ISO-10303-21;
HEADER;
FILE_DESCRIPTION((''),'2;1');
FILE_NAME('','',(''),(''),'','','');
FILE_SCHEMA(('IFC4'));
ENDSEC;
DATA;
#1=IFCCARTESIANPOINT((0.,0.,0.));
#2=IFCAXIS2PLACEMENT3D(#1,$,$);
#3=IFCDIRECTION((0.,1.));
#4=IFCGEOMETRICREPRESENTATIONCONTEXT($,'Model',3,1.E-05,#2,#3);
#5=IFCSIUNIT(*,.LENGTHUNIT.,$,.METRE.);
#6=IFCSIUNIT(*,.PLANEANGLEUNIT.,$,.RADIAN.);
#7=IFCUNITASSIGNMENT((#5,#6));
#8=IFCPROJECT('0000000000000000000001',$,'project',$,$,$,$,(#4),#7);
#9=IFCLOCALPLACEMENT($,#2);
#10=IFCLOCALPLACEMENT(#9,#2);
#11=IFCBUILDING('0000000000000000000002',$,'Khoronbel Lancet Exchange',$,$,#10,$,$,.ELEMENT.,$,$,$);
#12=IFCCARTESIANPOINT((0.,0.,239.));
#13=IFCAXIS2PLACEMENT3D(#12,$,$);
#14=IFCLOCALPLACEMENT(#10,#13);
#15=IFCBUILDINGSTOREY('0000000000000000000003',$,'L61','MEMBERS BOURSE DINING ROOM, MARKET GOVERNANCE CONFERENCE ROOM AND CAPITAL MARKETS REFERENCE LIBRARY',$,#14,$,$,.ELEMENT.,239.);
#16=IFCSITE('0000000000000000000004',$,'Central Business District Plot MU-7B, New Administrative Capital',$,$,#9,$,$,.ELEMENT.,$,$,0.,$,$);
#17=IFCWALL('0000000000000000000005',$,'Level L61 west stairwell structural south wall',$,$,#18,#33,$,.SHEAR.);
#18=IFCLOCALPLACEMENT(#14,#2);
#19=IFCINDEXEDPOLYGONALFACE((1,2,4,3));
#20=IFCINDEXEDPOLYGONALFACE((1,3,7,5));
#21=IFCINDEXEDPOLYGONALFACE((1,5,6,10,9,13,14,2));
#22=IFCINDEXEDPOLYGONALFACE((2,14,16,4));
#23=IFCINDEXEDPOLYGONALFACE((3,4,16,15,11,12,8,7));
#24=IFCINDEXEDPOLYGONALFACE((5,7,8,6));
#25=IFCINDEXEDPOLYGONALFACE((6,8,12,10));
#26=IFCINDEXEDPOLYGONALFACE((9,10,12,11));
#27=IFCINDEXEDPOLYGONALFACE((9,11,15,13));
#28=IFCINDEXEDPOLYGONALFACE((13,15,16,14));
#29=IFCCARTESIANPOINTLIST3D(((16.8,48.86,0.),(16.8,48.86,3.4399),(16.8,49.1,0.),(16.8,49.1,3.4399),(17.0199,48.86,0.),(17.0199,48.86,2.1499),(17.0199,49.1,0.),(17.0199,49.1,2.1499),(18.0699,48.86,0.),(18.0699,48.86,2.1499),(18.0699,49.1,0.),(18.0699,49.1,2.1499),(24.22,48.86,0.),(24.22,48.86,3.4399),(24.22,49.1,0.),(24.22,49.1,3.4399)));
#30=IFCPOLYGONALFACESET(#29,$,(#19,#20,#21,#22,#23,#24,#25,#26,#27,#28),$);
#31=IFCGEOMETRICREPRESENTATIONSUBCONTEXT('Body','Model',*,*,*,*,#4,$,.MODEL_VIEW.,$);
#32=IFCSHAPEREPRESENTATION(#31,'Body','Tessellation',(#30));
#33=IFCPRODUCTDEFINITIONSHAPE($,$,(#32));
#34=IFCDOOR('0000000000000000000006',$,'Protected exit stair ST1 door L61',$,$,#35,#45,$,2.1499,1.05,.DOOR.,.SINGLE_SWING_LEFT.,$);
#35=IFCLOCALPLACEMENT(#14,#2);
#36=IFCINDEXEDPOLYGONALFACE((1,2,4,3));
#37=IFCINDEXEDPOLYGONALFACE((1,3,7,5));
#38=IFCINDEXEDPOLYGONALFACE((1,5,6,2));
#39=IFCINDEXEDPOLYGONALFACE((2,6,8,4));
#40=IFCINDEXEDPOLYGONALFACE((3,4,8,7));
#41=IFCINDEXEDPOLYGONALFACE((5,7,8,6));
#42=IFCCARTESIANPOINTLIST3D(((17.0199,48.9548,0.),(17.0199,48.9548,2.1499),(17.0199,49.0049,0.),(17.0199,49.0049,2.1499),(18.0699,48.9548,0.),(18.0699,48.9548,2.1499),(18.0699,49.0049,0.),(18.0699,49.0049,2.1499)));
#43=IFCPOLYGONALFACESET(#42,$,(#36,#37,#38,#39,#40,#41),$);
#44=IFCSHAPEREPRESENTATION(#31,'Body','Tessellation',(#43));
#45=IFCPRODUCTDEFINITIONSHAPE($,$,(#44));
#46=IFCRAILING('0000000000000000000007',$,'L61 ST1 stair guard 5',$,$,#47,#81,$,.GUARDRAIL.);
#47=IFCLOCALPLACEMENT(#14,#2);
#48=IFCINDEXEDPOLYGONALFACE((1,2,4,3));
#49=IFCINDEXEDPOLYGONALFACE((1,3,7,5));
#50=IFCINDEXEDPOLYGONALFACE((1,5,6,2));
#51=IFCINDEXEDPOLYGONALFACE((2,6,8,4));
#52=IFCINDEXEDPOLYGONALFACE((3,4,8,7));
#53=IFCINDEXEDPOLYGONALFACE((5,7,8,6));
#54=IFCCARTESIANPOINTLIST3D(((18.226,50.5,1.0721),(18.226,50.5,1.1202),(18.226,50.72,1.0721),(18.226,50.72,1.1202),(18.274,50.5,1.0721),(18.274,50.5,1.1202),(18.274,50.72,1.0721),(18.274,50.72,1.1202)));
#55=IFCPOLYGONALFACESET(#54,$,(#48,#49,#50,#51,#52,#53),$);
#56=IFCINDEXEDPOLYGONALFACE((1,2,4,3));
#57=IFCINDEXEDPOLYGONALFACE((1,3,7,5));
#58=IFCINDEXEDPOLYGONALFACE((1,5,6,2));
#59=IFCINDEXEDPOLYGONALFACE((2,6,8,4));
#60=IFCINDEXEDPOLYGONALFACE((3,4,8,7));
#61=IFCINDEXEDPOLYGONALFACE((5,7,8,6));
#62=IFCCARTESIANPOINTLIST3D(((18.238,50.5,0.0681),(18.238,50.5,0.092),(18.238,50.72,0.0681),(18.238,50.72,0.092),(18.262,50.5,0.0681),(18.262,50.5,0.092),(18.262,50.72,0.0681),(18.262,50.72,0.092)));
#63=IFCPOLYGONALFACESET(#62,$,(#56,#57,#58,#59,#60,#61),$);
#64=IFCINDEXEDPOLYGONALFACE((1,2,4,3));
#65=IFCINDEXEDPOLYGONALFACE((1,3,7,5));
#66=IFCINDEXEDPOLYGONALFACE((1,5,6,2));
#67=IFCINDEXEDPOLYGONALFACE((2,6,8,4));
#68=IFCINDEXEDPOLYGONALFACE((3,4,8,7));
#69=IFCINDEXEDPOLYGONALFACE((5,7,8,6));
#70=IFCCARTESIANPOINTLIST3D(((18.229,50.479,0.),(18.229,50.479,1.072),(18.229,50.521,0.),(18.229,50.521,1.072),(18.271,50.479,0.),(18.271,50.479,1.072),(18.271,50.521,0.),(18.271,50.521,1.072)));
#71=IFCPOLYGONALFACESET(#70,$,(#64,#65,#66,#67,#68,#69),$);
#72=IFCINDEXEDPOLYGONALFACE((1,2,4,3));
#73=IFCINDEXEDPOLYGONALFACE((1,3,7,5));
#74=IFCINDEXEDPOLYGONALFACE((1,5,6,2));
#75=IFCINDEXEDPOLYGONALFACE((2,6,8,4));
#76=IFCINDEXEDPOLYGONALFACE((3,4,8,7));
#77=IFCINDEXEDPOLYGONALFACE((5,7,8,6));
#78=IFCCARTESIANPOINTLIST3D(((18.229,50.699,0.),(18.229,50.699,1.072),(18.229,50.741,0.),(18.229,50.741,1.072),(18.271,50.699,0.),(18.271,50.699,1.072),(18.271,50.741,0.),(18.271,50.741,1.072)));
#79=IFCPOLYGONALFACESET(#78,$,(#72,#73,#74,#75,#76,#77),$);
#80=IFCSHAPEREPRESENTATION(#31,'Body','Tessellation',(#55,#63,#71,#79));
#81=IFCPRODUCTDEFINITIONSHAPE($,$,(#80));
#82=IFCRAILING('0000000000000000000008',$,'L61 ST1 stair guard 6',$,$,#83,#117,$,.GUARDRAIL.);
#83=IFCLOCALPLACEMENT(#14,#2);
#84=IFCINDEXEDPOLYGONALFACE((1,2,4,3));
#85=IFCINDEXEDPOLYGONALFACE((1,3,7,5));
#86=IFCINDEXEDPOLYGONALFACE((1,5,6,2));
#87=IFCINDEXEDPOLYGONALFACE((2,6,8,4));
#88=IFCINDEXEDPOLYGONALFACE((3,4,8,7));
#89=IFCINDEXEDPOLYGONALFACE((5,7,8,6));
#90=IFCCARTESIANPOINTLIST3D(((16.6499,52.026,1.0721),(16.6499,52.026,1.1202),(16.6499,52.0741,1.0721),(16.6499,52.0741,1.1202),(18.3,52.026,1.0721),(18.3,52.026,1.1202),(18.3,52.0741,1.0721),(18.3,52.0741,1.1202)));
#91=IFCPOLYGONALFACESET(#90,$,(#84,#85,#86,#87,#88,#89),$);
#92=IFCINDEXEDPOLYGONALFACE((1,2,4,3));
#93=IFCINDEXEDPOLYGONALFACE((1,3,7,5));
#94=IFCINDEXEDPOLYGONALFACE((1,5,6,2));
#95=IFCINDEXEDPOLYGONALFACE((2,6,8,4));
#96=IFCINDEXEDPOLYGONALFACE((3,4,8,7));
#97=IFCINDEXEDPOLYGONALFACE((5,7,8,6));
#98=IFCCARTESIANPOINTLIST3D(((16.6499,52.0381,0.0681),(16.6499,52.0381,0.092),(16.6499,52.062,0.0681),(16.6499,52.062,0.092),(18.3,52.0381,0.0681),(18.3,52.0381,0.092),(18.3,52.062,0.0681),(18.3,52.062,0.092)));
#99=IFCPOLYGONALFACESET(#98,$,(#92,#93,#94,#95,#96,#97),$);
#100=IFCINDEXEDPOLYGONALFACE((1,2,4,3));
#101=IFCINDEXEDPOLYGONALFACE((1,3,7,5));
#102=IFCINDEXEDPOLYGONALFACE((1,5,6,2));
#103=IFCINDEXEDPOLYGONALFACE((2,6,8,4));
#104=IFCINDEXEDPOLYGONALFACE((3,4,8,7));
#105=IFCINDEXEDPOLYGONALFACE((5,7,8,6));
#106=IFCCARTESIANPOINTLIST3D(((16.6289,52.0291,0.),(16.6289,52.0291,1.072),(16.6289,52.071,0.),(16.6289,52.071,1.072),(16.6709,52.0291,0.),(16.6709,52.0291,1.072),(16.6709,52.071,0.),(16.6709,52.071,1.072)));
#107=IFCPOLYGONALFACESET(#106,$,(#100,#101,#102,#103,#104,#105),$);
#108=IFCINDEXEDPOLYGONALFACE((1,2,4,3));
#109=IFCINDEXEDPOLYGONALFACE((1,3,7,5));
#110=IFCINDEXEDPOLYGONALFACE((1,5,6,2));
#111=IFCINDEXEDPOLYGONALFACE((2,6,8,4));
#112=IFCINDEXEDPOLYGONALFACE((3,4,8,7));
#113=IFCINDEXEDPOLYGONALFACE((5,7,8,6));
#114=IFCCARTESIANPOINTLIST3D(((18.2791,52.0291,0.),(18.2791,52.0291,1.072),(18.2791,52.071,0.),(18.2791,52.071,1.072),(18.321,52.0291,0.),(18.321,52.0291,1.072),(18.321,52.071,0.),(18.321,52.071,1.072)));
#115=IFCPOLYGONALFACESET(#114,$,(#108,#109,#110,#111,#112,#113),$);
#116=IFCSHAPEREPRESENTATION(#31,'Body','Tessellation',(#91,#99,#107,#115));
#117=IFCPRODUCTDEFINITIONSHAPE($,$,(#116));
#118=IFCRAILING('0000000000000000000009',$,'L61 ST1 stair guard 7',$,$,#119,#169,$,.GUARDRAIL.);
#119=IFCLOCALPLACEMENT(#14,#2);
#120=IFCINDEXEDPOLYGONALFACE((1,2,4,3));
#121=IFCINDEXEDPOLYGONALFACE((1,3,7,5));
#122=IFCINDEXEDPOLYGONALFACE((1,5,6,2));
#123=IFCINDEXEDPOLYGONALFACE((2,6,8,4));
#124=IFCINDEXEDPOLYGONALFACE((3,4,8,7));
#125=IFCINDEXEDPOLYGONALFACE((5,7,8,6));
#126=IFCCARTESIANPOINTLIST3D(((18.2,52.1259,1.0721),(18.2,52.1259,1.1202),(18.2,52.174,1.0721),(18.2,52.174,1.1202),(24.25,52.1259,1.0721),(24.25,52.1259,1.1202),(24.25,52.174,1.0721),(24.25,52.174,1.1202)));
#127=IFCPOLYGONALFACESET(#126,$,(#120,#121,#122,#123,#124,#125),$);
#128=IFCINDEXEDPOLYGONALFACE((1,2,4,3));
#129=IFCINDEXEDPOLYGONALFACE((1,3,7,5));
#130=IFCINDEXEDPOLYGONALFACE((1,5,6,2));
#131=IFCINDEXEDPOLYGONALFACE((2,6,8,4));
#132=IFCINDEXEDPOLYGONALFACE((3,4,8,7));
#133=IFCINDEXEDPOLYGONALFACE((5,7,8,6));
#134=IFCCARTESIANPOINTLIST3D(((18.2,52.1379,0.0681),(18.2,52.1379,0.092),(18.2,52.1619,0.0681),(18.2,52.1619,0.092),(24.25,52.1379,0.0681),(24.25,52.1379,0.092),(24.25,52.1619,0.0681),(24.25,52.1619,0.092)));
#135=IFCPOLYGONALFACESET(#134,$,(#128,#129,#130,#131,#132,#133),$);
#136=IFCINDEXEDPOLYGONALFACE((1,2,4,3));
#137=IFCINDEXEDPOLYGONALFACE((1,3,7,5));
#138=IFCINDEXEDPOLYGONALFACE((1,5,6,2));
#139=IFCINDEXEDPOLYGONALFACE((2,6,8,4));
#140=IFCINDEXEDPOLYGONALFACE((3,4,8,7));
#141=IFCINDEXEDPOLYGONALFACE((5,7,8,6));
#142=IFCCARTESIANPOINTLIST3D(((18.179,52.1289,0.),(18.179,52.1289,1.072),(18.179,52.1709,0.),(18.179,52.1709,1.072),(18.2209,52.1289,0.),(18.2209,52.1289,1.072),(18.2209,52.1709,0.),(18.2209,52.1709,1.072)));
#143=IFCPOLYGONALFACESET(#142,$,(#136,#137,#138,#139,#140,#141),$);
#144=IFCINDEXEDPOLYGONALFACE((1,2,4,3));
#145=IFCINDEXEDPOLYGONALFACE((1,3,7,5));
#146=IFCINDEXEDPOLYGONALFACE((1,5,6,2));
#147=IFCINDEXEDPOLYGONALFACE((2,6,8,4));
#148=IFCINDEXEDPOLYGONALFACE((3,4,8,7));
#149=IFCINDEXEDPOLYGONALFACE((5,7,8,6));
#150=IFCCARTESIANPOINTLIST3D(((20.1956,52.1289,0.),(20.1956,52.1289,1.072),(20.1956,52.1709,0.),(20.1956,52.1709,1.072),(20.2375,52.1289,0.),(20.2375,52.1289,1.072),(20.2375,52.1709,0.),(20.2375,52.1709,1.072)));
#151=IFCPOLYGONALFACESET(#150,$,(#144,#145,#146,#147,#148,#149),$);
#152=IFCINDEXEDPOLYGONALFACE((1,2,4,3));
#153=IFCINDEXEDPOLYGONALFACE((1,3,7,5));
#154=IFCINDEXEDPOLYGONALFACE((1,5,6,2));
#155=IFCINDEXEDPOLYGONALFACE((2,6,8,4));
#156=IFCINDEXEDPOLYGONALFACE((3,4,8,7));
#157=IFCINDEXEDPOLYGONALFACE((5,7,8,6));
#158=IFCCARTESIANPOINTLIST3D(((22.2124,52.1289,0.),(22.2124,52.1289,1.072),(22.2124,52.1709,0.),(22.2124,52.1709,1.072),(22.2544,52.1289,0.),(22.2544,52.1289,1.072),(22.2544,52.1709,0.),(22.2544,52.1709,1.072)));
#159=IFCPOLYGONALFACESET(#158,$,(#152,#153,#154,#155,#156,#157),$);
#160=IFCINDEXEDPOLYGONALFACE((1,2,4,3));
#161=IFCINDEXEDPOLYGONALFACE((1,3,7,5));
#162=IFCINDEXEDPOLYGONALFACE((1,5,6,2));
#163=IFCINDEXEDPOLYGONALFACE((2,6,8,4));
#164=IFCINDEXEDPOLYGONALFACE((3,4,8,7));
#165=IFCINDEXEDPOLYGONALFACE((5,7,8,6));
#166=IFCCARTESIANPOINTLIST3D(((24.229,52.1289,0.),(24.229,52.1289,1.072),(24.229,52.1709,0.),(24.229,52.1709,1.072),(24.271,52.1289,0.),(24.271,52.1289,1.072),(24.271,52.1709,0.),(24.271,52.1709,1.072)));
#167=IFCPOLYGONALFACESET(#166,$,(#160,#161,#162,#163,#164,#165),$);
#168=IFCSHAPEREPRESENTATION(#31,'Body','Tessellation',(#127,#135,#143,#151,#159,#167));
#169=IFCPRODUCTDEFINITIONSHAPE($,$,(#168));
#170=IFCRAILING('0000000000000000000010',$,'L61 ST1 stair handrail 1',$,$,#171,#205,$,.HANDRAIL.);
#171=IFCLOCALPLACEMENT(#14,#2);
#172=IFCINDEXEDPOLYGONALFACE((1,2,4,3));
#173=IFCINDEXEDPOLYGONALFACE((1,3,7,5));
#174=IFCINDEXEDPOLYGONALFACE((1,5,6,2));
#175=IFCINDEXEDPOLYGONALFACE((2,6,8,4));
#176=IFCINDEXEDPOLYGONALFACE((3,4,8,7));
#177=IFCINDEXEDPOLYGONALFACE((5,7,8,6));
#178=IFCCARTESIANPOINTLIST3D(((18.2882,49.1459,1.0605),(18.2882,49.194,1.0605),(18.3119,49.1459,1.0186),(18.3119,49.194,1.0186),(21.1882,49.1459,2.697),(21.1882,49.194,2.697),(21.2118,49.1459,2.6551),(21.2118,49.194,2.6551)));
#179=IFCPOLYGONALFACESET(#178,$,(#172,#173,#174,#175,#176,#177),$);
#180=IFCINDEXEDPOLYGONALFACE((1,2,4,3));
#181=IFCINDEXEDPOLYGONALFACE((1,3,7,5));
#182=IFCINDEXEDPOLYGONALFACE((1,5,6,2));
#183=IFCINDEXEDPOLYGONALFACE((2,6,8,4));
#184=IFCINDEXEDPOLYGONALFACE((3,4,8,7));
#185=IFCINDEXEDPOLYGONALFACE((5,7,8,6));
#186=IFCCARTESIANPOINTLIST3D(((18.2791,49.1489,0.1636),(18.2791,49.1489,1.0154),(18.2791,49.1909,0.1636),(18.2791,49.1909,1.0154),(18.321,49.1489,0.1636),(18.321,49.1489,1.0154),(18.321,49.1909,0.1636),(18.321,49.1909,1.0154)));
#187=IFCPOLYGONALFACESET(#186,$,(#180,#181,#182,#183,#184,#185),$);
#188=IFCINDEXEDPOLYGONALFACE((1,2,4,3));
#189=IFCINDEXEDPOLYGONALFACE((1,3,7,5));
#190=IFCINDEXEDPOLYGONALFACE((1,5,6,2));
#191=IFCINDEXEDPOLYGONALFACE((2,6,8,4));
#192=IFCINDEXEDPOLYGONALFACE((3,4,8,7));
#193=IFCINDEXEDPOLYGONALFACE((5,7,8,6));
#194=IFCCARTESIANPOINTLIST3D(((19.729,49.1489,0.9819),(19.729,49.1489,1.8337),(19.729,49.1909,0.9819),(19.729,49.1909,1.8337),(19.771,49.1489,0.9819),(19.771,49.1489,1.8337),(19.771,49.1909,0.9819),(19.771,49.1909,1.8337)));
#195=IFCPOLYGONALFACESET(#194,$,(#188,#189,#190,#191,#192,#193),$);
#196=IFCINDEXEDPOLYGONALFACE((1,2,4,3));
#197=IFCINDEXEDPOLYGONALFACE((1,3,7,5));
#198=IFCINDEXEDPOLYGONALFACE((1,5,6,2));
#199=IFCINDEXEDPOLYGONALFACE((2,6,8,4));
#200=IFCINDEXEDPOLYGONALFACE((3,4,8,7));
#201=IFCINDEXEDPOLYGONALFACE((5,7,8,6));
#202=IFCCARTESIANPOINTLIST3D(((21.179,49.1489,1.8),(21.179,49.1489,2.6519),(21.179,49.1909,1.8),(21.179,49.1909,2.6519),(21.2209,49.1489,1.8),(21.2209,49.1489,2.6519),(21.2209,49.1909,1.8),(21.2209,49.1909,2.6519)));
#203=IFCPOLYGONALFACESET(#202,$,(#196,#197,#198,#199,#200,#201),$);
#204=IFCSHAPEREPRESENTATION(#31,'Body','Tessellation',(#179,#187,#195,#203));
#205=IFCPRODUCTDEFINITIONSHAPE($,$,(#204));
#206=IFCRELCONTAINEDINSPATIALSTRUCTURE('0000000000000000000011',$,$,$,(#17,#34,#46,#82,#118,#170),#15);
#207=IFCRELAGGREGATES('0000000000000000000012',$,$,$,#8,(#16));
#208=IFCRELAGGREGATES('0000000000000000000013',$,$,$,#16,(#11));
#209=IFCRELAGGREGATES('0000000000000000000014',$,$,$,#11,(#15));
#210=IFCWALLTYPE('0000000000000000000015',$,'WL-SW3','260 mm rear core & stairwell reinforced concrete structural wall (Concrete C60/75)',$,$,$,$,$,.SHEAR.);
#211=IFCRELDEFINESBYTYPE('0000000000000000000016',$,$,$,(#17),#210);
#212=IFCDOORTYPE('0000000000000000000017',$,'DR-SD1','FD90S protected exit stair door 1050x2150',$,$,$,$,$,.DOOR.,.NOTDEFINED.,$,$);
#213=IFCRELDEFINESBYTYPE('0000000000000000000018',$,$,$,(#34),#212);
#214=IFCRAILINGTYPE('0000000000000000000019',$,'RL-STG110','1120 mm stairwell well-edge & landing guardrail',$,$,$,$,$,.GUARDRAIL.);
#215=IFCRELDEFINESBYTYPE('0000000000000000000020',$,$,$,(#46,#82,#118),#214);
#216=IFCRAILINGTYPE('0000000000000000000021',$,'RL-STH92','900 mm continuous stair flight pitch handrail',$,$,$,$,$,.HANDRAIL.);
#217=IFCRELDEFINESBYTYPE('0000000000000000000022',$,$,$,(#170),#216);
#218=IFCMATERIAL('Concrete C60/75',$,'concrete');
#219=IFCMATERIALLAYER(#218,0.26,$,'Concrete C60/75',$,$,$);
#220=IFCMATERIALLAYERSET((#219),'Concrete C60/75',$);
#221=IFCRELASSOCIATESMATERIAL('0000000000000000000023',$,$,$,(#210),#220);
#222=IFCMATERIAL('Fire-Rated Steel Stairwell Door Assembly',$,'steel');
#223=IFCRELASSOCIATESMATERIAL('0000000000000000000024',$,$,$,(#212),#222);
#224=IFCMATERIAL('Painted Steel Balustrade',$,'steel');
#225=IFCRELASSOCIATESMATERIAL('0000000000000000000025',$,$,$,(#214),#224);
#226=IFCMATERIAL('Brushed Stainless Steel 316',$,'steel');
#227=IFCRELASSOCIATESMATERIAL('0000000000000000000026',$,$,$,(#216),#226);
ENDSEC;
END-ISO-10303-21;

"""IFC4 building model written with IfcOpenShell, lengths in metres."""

from ifc_helpers import new_model, si_unit, direction, frame, frame_2d, origin, origin_2d, place, context, subcontext, project, spatial, rectangle, extrude, material, layer, layer_set, type_object, element, fill, save


model = new_model("IFC4")

# Units and contexts
model_context = context("Model", 3, precision=1e-05, world=origin(), true_north=direction((0.0, 1.0)))
body_context = subcontext(model_context, "Body", "Model", "MODEL_VIEW")
ifc_project = project(units=[si_unit("LENGTHUNIT", "METRE"), si_unit("PLANEANGLEUNIT", "RADIAN")], contexts=[model_context])

# Site, building, storey
site_placement = place(None, origin())
site = spatial("IfcSite", under=ifc_project, at=site_placement, Name="Central Business District Plot MU-7B, New Administrative Capital", CompositionType="ELEMENT", RefElevation=0.0)
building_placement = place(site_placement, origin())
building = spatial("IfcBuilding", under=site, at=building_placement, Name="Khoronbel Lancet Exchange", CompositionType="ELEMENT")
storey_placement = place(building_placement, frame((0.0, 0.0, 239.0)))
storey = spatial("IfcBuildingStorey", under=building, at=storey_placement, Name="L61", Description="MEMBERS BOURSE DINING ROOM, MARKET GOVERNANCE CONFERENCE ROOM AND CAPITAL MARKETS REFERENCE LIBRARY", CompositionType="ELEMENT", Elevation=239.0)

# Shared definitions
ifc_material_1 = material(Name="Concrete C60/75", Category="concrete")

# Wall, opening, door
ifc_layer_1 = layer(ifc_material_1, 0.26, Name="Concrete C60/75")
ifc_layer_set_1 = layer_set([ifc_layer_1], Name="Concrete C60/75")
wall_type_1 = type_object("IfcWallType", Name="WL-SW3", Description="260 mm rear core & stairwell reinforced concrete structural wall (Concrete C60/75)", PredefinedType="SHEAR", material=ifc_layer_set_1)
wall_1_placement = place(storey_placement, frame((16.8, 48.98, 0.0), z_axis=(0.0, 0.0, 1.0), x_axis=(1.0, 0.0, 0.0)))
wall_1 = element("IfcWall", 1, at=wall_1_placement, inside=storey, type_object=wall_type_1, Name="Level L61 west stairwell structural south wall", PredefinedType="SHEAR", context=body_context, shape_type="SweptSolid", body=[
    extrude(rectangle(XDim=7.4199, YDim=0.24, at=frame_2d((3.71, 0.0))), origin(), (0.0, 0.0, 1.0), 3.4399),
])
opening_1_placement = place(wall_1_placement, frame((0.22, 0.0, 0.0)))
opening_1 = element("IfcOpeningElement", 2, at=opening_1_placement, cuts=wall_1, PredefinedType="OPENING", context=body_context, shape_type="SweptSolid", body=[
    extrude(rectangle(XDim=1.05, YDim=2.1499, at=frame_2d((0.5249, 1.075))), frame((0.0, 0.1299, 0.0), z_axis=(0.0, -1.0, 0.0), x_axis=(1.0, 0.0, 0.0)), (0.0, 0.0, 1.0), 0.26),
])
ifc_material_2 = material(Name="Fire-Rated Steel Stairwell Door Assembly", Category="steel")
door_type_1 = type_object("IfcDoorType", Name="DR-SD1", Description="FD90S protected exit stair door 1050x2150", OperationType="NOTDEFINED", PredefinedType="DOOR", material=ifc_material_2)
door_1_placement = place(opening_1_placement, origin())
door_1 = element("IfcDoor", 3, at=door_1_placement, inside=storey, type_object=door_type_1, Name="Protected exit stair ST1 door L61", OperationType="SINGLE_SWING_LEFT", OverallHeight=2.1499, OverallWidth=1.05, PredefinedType="DOOR", context=body_context, shape_type="SweptSolid", body=[
    extrude(rectangle(XDim=1.05, YDim=2.1499, at=frame_2d((0.5249, 1.075))), frame((0.0, 0.0249, 0.0), z_axis=(0.0, -1.0, 0.0), x_axis=(1.0, 0.0, 0.0)), (0.0, 0.0, 1.0), 0.05),
])
fill(opening_1, door_1)

# Railings
ifc_material_3 = material(Name="Painted Steel Balustrade", Category="steel")
railing_type_1 = type_object("IfcRailingType", Name="RL-STG110", Description="1120 mm stairwell well-edge & landing guardrail", PredefinedType="GUARDRAIL", material=ifc_material_3)
railing_1_placement = place(storey_placement, frame((18.25, 50.5, 0.0)))
element("IfcRailing", 4, at=railing_1_placement, inside=storey, type_object=railing_type_1, Name="L61 ST1 stair guard 5", PredefinedType="GUARDRAIL", context=body_context, shape_type="SweptSolid", body=[
    extrude(rectangle(XDim=0.0481, YDim=0.0481, at=origin_2d()), frame((0.0, 0.0, 1.0962), z_axis=(0.0, 1.0, 0.0), x_axis=(-1.0, 0.0, 0.0)), (0.0, 0.0, 1.0), 0.22),
    extrude(rectangle(XDim=0.0239, YDim=0.0239, at=origin_2d()), frame((0.0, 0.0, 0.0801), z_axis=(0.0, 1.0, 0.0), x_axis=(-1.0, 0.0, 0.0)), (0.0, 0.0, 1.0), 0.22),
    extrude(rectangle(XDim=0.042, YDim=0.042, at=origin_2d()), origin(), (0.0, 0.0, 1.0), 1.072),
    extrude(rectangle(XDim=0.042, YDim=0.042, at=origin_2d()), frame((0.0, 0.22, 0.0)), (0.0, 0.0, 1.0), 1.072),
])
railing_2_placement = place(storey_placement, frame((16.6499, 52.05, 0.0)))
element("IfcRailing", 5, at=railing_2_placement, inside=storey, type_object=railing_type_1, Name="L61 ST1 stair guard 6", PredefinedType="GUARDRAIL", context=body_context, shape_type="SweptSolid", body=[
    extrude(rectangle(XDim=0.0481, YDim=0.0481, at=origin_2d()), frame((0.0, 0.0, 1.0962), z_axis=(1.0, 0.0, 0.0), x_axis=(0.0, 1.0, 0.0)), (0.0, 0.0, 1.0), 1.6501),
    extrude(rectangle(XDim=0.0239, YDim=0.0239, at=origin_2d()), frame((0.0, 0.0, 0.0801), z_axis=(1.0, 0.0, 0.0), x_axis=(0.0, 1.0, 0.0)), (0.0, 0.0, 1.0), 1.6501),
    extrude(rectangle(XDim=0.042, YDim=0.042, at=origin_2d()), origin(), (0.0, 0.0, 1.0), 1.072),
    extrude(rectangle(XDim=0.042, YDim=0.042, at=origin_2d()), frame((1.6501, 0.0, 0.0)), (0.0, 0.0, 1.0), 1.072),
])
railing_3_placement = place(storey_placement, frame((18.2, 52.1499, 0.0)))
element("IfcRailing", 6, at=railing_3_placement, inside=storey, type_object=railing_type_1, Name="L61 ST1 stair guard 7", PredefinedType="GUARDRAIL", context=body_context, shape_type="SweptSolid", body=[
    extrude(rectangle(XDim=0.0481, YDim=0.0481, at=origin_2d()), frame((0.0, 0.0, 1.0962), z_axis=(1.0, 0.0, 0.0), x_axis=(0.0, 1.0, 0.0)), (0.0, 0.0, 1.0), 6.05),
    extrude(rectangle(XDim=0.0239, YDim=0.0239, at=origin_2d()), frame((0.0, 0.0, 0.0801), z_axis=(1.0, 0.0, 0.0), x_axis=(0.0, 1.0, 0.0)), (0.0, 0.0, 1.0), 6.05),
    extrude(rectangle(XDim=0.042, YDim=0.042, at=origin_2d()), origin(), (0.0, 0.0, 1.0), 1.072),
    extrude(rectangle(XDim=0.042, YDim=0.042, at=origin_2d()), frame((2.0166, 0.0, 0.0)), (0.0, 0.0, 1.0), 1.072),
    extrude(rectangle(XDim=0.042, YDim=0.042, at=origin_2d()), frame((4.0334, 0.0, 0.0)), (0.0, 0.0, 1.0), 1.072),
    extrude(rectangle(XDim=0.042, YDim=0.042, at=origin_2d()), frame((6.05, 0.0, 0.0)), (0.0, 0.0, 1.0), 1.072),
])
ifc_material_4 = material(Name="Brushed Stainless Steel 316", Category="steel")
railing_type_2 = type_object("IfcRailingType", Name="RL-STH92", Description="900 mm continuous stair flight pitch handrail", PredefinedType="HANDRAIL", material=ifc_material_4)
railing_4_placement = place(storey_placement, frame((18.3, 49.1699, 0.1636)))
element("IfcRailing", 7, at=railing_4_placement, inside=storey, type_object=railing_type_2, Name="L61 ST1 stair handrail 1", PredefinedType="HANDRAIL", context=body_context, shape_type="SweptSolid", body=[
    extrude(rectangle(XDim=0.0481, YDim=0.0481, at=origin_2d()), frame((0.0, 0.0, 0.876), z_axis=(0.870897, 0.0, 0.491465), x_axis=(0.0, 1.0, 0.0)), (0.0, 0.0, 1.0), 3.3298),
    extrude(rectangle(XDim=0.042, YDim=0.042, at=origin_2d()), origin(), (0.0, 0.0, 1.0), 0.8518),
    extrude(rectangle(XDim=0.042, YDim=0.042, at=origin_2d()), frame((1.45, 0.0, 0.8184)), (0.0, 0.0, 1.0), 0.8518),
    extrude(rectangle(XDim=0.042, YDim=0.042, at=origin_2d()), frame((2.8999, 0.0, 1.6365)), (0.0, 0.0, 1.0), 0.8518),
])

save(model, "model.ifc")
